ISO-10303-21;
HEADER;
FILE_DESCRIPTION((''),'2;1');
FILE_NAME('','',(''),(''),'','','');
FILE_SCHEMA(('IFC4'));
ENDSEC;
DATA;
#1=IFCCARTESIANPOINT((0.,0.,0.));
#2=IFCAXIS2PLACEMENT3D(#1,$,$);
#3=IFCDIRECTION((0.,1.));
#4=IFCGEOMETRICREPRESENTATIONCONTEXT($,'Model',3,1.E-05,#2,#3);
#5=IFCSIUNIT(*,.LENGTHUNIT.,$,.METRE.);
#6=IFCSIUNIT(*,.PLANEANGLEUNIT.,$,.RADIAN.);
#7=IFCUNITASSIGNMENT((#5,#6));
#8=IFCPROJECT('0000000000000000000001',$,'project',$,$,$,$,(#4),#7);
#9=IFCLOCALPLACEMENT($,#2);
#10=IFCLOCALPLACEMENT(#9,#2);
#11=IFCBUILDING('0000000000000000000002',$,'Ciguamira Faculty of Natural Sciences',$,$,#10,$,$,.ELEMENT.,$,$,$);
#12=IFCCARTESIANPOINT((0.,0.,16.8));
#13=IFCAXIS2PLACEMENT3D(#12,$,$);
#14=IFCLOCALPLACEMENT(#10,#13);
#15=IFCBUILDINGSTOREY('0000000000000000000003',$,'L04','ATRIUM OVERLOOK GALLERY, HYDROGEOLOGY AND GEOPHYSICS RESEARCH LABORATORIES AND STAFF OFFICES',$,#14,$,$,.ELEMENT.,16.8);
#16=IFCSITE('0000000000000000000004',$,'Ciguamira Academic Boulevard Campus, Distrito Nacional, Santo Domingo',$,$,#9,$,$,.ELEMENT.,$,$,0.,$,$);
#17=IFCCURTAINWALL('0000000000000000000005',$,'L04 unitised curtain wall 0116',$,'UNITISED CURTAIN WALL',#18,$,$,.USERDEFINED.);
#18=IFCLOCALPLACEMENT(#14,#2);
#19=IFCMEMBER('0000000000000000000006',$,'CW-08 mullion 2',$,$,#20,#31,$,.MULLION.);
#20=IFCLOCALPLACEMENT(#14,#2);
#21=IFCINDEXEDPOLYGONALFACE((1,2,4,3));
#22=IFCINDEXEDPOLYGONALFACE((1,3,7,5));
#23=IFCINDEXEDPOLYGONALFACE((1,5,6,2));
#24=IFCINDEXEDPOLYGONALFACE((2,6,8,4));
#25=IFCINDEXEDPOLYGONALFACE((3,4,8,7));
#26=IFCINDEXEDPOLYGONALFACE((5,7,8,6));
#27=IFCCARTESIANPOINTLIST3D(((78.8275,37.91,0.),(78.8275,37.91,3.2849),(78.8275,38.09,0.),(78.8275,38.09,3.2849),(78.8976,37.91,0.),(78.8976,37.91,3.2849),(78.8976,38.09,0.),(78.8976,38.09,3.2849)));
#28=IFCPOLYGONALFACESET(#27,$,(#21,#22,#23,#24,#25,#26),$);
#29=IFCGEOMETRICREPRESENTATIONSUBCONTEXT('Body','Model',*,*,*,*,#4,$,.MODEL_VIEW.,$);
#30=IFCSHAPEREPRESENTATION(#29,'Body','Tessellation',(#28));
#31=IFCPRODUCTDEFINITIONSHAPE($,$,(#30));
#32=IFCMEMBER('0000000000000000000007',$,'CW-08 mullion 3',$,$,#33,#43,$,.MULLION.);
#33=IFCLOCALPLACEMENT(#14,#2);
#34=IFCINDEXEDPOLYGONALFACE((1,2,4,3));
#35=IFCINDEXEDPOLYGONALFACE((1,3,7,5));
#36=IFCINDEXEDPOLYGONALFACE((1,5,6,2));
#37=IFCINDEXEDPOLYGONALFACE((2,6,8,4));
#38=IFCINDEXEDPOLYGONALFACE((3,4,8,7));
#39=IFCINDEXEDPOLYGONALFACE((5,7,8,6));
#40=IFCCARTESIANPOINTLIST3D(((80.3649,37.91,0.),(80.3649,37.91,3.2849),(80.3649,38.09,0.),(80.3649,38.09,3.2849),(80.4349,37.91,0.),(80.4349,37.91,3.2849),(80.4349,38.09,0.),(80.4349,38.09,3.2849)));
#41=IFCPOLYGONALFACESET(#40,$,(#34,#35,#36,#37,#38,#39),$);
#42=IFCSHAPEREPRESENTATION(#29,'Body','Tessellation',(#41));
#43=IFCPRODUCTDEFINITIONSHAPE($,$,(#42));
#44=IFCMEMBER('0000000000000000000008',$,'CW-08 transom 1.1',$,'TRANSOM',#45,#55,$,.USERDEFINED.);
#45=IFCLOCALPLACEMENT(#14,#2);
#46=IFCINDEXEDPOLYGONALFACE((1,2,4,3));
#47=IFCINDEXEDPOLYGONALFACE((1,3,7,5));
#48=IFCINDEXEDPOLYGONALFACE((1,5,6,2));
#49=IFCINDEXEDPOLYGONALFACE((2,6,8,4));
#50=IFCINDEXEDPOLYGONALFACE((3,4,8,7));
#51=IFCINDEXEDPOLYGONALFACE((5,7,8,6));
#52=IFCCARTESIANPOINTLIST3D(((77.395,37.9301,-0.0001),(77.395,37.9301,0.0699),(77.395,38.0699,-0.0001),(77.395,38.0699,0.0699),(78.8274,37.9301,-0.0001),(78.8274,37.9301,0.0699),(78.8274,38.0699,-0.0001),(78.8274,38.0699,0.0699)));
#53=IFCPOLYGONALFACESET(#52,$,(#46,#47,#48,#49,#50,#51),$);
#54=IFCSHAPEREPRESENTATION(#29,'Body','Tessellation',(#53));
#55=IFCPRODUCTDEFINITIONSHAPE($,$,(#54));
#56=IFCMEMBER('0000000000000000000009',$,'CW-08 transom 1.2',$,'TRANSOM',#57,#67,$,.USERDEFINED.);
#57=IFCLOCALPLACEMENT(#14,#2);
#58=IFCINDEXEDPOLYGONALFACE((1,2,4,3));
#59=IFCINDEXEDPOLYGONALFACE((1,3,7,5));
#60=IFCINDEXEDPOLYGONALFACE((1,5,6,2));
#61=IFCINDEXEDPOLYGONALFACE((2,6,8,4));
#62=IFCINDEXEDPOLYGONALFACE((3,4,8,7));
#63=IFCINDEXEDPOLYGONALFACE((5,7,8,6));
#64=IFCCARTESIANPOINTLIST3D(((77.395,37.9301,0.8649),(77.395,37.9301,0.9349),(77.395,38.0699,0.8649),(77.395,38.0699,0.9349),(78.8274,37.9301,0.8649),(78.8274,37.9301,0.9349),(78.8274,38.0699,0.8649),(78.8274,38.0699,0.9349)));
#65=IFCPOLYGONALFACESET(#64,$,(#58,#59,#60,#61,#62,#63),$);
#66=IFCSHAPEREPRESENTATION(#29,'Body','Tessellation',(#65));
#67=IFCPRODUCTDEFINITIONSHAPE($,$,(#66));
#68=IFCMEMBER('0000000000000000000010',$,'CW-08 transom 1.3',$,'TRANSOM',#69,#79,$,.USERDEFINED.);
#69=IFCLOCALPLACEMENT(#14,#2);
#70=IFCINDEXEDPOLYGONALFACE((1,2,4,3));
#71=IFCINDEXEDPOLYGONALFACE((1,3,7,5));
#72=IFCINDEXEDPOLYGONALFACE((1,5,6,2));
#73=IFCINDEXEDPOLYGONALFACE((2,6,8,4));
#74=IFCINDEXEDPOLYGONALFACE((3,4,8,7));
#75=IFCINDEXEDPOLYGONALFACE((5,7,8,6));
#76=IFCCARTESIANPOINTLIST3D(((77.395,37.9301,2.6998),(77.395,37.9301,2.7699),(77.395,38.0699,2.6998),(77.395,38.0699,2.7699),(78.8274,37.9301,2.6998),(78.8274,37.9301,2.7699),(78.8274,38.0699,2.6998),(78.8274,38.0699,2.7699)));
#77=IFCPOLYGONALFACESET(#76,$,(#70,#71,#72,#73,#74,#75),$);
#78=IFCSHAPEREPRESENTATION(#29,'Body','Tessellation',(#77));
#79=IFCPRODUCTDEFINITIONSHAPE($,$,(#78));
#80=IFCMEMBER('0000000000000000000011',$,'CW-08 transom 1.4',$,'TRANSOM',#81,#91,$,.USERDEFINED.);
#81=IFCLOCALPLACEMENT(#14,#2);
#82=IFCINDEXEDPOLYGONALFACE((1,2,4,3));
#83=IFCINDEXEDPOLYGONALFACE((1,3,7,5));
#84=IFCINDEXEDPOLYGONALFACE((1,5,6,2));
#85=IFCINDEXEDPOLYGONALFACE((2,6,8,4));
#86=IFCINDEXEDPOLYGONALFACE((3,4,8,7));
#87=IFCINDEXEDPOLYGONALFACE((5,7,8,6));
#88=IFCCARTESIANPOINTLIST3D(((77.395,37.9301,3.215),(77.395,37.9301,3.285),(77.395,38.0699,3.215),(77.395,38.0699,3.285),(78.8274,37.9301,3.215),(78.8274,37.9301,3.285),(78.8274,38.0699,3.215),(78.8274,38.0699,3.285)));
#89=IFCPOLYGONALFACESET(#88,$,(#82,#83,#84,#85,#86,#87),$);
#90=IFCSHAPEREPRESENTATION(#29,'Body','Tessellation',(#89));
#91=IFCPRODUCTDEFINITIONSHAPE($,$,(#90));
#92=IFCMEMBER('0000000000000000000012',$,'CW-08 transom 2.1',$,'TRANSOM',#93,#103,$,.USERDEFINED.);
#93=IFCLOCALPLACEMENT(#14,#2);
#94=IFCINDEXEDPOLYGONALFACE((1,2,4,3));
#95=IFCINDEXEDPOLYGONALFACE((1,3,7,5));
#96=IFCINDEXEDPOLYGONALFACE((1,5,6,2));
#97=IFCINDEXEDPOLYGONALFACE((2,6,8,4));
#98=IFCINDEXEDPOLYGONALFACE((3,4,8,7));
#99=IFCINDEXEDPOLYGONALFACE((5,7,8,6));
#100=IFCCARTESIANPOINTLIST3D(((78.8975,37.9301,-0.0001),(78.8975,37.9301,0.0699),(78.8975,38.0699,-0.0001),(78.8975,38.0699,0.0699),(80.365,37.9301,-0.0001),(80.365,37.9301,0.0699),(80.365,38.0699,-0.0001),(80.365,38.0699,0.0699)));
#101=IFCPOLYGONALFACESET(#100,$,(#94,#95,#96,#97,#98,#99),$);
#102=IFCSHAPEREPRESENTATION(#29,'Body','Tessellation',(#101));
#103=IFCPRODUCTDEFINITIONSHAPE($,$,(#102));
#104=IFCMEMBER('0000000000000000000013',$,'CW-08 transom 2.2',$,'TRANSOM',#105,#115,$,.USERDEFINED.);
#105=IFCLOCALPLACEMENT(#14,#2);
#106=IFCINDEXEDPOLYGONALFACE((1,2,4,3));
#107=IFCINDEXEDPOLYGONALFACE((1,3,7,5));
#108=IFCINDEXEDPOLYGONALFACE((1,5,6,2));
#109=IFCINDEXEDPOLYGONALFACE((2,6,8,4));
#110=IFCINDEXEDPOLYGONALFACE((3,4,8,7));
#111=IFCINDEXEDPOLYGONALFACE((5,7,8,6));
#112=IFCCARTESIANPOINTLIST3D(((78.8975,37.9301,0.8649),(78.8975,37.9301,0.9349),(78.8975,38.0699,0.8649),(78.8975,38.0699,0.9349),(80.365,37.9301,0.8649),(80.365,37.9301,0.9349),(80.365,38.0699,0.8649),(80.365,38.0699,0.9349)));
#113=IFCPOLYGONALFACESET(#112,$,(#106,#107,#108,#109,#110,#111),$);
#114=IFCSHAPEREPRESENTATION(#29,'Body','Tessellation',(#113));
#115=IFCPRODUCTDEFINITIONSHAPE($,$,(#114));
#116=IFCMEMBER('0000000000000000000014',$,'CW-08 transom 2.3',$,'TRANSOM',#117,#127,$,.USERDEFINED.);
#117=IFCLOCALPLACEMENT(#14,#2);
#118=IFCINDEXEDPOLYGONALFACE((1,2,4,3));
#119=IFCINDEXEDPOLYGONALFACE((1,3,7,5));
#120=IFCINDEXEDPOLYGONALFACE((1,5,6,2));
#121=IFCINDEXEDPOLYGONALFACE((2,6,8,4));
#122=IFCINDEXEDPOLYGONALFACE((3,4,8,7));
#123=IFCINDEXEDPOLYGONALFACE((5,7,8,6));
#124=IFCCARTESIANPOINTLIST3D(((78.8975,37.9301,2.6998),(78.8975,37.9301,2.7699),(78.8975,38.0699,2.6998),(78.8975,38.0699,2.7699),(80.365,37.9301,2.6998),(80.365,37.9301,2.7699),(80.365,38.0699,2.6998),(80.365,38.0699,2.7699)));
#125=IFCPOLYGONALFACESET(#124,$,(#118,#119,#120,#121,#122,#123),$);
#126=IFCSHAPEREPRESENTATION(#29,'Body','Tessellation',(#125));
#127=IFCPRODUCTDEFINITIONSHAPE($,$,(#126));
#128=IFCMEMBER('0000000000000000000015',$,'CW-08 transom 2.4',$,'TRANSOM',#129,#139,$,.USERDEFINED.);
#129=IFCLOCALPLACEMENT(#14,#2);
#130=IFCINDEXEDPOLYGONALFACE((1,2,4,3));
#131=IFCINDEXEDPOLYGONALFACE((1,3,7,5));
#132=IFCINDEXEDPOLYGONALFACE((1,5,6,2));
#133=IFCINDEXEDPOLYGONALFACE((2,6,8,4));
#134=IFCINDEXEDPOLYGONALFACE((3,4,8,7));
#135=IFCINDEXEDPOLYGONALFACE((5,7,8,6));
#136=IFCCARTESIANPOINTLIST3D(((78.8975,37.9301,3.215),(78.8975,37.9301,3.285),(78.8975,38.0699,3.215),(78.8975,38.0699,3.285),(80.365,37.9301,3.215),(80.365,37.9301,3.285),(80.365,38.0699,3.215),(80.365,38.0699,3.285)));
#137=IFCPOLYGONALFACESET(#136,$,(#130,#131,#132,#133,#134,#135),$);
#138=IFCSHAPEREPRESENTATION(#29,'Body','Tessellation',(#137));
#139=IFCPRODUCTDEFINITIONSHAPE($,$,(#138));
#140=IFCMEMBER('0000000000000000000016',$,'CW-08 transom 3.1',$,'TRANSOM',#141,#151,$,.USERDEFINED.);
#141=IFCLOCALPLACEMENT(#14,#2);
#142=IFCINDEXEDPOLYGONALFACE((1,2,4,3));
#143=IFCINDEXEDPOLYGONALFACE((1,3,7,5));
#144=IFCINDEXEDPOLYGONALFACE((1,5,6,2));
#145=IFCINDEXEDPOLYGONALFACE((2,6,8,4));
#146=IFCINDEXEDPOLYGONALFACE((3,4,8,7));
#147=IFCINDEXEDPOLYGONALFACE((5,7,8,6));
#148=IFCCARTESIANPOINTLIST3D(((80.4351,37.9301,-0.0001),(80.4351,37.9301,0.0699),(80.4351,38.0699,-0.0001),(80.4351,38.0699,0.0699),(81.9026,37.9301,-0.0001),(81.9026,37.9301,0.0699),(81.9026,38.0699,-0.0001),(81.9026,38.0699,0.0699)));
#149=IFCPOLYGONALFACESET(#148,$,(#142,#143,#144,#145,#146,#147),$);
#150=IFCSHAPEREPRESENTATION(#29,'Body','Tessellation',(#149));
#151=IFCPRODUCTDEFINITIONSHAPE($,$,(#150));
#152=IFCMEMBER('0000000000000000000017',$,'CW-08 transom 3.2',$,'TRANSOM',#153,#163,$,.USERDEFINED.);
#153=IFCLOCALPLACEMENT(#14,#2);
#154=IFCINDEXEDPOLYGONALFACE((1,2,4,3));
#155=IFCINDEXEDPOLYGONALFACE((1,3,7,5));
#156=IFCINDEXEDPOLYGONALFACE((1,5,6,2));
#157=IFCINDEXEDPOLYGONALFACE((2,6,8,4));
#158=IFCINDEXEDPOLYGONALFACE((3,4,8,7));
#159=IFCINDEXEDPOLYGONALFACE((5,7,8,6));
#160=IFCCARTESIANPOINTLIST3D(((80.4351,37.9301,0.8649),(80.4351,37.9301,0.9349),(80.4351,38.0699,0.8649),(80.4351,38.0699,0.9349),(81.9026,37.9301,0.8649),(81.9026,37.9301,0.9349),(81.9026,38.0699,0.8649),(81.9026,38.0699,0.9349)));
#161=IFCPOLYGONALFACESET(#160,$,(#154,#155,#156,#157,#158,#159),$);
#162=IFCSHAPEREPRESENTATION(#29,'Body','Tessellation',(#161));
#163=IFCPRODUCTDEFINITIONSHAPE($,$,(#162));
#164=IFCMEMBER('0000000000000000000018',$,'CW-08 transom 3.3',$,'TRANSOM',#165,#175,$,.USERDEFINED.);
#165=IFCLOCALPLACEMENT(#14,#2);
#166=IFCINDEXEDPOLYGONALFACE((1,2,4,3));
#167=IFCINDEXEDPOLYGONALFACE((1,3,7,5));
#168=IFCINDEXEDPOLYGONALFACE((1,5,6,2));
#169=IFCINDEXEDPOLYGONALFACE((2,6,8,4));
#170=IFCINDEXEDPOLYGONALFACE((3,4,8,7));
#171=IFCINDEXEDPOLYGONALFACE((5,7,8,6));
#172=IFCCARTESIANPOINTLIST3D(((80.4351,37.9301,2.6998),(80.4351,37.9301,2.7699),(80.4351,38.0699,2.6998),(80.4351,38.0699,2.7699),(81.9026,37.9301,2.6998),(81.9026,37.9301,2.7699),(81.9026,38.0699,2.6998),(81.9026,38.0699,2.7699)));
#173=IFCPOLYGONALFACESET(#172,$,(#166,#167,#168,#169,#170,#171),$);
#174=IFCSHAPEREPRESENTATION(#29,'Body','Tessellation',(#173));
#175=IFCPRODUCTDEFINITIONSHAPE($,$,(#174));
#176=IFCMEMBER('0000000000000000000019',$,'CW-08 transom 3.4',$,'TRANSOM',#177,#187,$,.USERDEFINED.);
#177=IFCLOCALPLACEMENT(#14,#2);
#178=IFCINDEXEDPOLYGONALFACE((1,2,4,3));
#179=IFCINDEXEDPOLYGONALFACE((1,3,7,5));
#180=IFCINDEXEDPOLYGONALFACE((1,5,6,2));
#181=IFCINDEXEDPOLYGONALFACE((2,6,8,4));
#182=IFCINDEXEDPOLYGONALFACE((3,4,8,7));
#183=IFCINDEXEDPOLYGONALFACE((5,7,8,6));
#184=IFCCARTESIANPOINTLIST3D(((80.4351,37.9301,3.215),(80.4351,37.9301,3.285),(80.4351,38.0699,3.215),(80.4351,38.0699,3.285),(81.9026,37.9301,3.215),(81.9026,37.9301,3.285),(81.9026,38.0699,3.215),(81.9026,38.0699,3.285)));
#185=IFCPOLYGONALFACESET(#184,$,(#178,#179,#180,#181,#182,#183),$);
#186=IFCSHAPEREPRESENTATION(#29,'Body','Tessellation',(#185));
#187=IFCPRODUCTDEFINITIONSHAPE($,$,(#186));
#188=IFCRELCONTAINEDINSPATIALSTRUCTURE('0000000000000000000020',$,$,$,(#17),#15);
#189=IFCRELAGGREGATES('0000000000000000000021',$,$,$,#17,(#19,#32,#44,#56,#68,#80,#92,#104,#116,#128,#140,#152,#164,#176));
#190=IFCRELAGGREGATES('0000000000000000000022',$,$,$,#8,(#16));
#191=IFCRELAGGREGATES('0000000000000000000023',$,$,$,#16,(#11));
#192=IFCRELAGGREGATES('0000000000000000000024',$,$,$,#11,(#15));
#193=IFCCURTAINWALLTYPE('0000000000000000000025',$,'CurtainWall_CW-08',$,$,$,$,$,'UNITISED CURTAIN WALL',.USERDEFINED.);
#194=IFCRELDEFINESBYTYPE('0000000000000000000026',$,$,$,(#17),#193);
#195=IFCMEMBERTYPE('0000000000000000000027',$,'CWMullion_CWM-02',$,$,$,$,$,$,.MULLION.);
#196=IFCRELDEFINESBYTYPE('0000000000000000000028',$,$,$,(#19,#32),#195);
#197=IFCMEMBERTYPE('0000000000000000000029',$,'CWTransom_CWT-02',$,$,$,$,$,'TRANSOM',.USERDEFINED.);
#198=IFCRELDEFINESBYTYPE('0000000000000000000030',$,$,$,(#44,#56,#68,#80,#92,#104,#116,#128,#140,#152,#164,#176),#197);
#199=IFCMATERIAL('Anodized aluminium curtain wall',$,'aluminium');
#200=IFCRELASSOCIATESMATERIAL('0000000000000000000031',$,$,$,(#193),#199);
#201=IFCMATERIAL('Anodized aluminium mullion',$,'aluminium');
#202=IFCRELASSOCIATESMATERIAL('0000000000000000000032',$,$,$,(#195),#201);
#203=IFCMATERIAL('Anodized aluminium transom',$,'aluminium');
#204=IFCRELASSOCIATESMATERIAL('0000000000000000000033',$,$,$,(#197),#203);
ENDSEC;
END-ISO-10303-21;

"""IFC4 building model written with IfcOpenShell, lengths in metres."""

from ifc_helpers import new_model, si_unit, direction, frame, origin, origin_2d, place, context, subcontext, project, spatial, rectangle, extrude, material, material_profile, profile_set, type_object, element, aggregate, save


model = new_model("IFC4")

# Units and contexts
model_context = context("Model", 3, precision=1e-05, world=origin(), true_north=direction((0.0, 1.0)))
body_context = subcontext(model_context, "Body", "Model", "MODEL_VIEW")
ifc_project = project(units=[si_unit("LENGTHUNIT", "METRE"), si_unit("PLANEANGLEUNIT", "RADIAN")], contexts=[model_context])

# Site, building, storey
site_placement = place(None, origin())
site = spatial("IfcSite", under=ifc_project, at=site_placement, Name="Ciguamira Academic Boulevard Campus, Distrito Nacional, Santo Domingo", CompositionType="ELEMENT", RefElevation=0.0)
building_placement = place(site_placement, origin())
building = spatial("IfcBuilding", under=site, at=building_placement, Name="Ciguamira Faculty of Natural Sciences", CompositionType="ELEMENT")
storey_placement = place(building_placement, frame((0.0, 0.0, 16.8)))
storey = spatial("IfcBuildingStorey", under=building, at=storey_placement, Name="L04", Description="ATRIUM OVERLOOK GALLERY, HYDROGEOLOGY AND GEOPHYSICS RESEARCH LABORATORIES AND STAFF OFFICES", CompositionType="ELEMENT", Elevation=16.8)

# Curtain wall, members
ifc_material_1 = material(Name="Anodized aluminium curtain wall", Category="aluminium")
curtain_wall_type = type_object("IfcCurtainWallType", Name="CurtainWall_CW-08", ElementType="UNITISED CURTAIN WALL", PredefinedType="USERDEFINED", material=ifc_material_1)
curtain_wall_placement = place(storey_placement, origin())
curtain_wall = element("IfcCurtainWall", 1, at=curtain_wall_placement, inside=storey, type_object=curtain_wall_type, Name="L04 unitised curtain wall 0116", ObjectType="UNITISED CURTAIN WALL", PredefinedType="USERDEFINED")
ifc_material_2 = material(Name="Anodized aluminium mullion", Category="aluminium")
ifc_material_profile_1 = material_profile(ifc_material_2, rectangle(XDim=0.0701, YDim=0.1799, at=origin_2d()), Name="ALU-MUL-70X180")
ifc_profile_set_1 = profile_set([ifc_material_profile_1], Name="Anodized aluminium mullion")
member_type_1 = type_object("IfcMemberType", Name="CWMullion_CWM-02", PredefinedType="MULLION", material=ifc_profile_set_1)
member_1_placement = place(storey_placement, frame((78.8625, 38.0, 0.0), z_axis=(0.0, 0.0, 1.0), x_axis=(1.0, 0.0, 0.0)))
member_1 = element("IfcMember", 2, at=member_1_placement, type_object=member_type_1, Name="CW-08 mullion 2", PredefinedType="MULLION", context=body_context, shape_type="SweptSolid", body=[
    extrude(rectangle(XDim=0.0701, YDim=0.1799, at=origin_2d()), origin(), (0.0, 0.0, 1.0), 3.2849),
])
member_2_placement = place(storey_placement, frame((80.3999, 38.0, 0.0), z_axis=(0.0, 0.0, 1.0), x_axis=(1.0, 0.0, 0.0)))
member_2 = element("IfcMember", 3, at=member_2_placement, type_object=member_type_1, Name="CW-08 mullion 3", PredefinedType="MULLION", context=body_context, shape_type="SweptSolid", body=[
    extrude(rectangle(XDim=0.0701, YDim=0.1799, at=origin_2d()), origin(), (0.0, 0.0, 1.0), 3.2849),
])
ifc_material_3 = material(Name="Anodized aluminium transom", Category="aluminium")
ifc_material_profile_2 = material_profile(ifc_material_3, rectangle(XDim=0.0701, YDim=0.1399, at=origin_2d()), Name="ALU-TRN-70X140")
ifc_profile_set_2 = profile_set([ifc_material_profile_2], Name="Anodized aluminium transom")
member_type_2 = type_object("IfcMemberType", Name="CWTransom_CWT-02", ElementType="TRANSOM", PredefinedType="USERDEFINED", material=ifc_profile_set_2)
member_3_placement = place(storey_placement, frame((77.395, 38.0, 0.0349), z_axis=(1.0, 0.0, 0.0), x_axis=(0.0, 0.0, 1.0)))
member_3 = element("IfcMember", 4, at=member_3_placement, type_object=member_type_2, Name="CW-08 transom 1.1", ObjectType="TRANSOM", PredefinedType="USERDEFINED", context=body_context, shape_type="SweptSolid", body=[
    extrude(rectangle(XDim=0.0701, YDim=0.1399, at=origin_2d()), origin(), (0.0, 0.0, 1.0), 1.4324),
])
member_4_placement = place(storey_placement, frame((77.395, 38.0, 0.8999), z_axis=(1.0, 0.0, 0.0), x_axis=(0.0, 0.0, 1.0)))
member_4 = element("IfcMember", 5, at=member_4_placement, type_object=member_type_2, Name="CW-08 transom 1.2", ObjectType="TRANSOM", PredefinedType="USERDEFINED", context=body_context, shape_type="SweptSolid", body=[
    extrude(rectangle(XDim=0.0701, YDim=0.1399, at=origin_2d()), origin(), (0.0, 0.0, 1.0), 1.4324),
])
member_5_placement = place(storey_placement, frame((77.395, 38.0, 2.7349), z_axis=(1.0, 0.0, 0.0), x_axis=(0.0, 0.0, 1.0)))
member_5 = element("IfcMember", 6, at=member_5_placement, type_object=member_type_2, Name="CW-08 transom 1.3", ObjectType="TRANSOM", PredefinedType="USERDEFINED", context=body_context, shape_type="SweptSolid", body=[
    extrude(rectangle(XDim=0.0701, YDim=0.1399, at=origin_2d()), origin(), (0.0, 0.0, 1.0), 1.4324),
])
member_6_placement = place(storey_placement, frame((77.395, 38.0, 3.25), z_axis=(1.0, 0.0, 0.0), x_axis=(0.0, 0.0, 1.0)))
member_6 = element("IfcMember", 7, at=member_6_placement, type_object=member_type_2, Name="CW-08 transom 1.4", ObjectType="TRANSOM", PredefinedType="USERDEFINED", context=body_context, shape_type="SweptSolid", body=[
    extrude(rectangle(XDim=0.0701, YDim=0.1399, at=origin_2d()), origin(), (0.0, 0.0, 1.0), 1.4324),
])
member_7_placement = place(storey_placement, frame((78.8975, 38.0, 0.0349), z_axis=(1.0, 0.0, 0.0), x_axis=(0.0, 0.0, 1.0)))
member_7 = element("IfcMember", 8, at=member_7_placement, type_object=member_type_2, Name="CW-08 transom 2.1", ObjectType="TRANSOM", PredefinedType="USERDEFINED", context=body_context, shape_type="SweptSolid", body=[
    extrude(rectangle(XDim=0.0701, YDim=0.1399, at=origin_2d()), origin(), (0.0, 0.0, 1.0), 1.4675),
])
member_8_placement = place(storey_placement, frame((78.8975, 38.0, 0.8999), z_axis=(1.0, 0.0, 0.0), x_axis=(0.0, 0.0, 1.0)))
member_8 = element("IfcMember", 9, at=member_8_placement, type_object=member_type_2, Name="CW-08 transom 2.2", ObjectType="TRANSOM", PredefinedType="USERDEFINED", context=body_context, shape_type="SweptSolid", body=[
    extrude(rectangle(XDim=0.0701, YDim=0.1399, at=origin_2d()), origin(), (0.0, 0.0, 1.0), 1.4675),
])
member_9_placement = place(storey_placement, frame((78.8975, 38.0, 2.7349), z_axis=(1.0, 0.0, 0.0), x_axis=(0.0, 0.0, 1.0)))
member_9 = element("IfcMember", 10, at=member_9_placement, type_object=member_type_2, Name="CW-08 transom 2.3", ObjectType="TRANSOM", PredefinedType="USERDEFINED", context=body_context, shape_type="SweptSolid", body=[
    extrude(rectangle(XDim=0.0701, YDim=0.1399, at=origin_2d()), origin(), (0.0, 0.0, 1.0), 1.4675),
])
member_10_placement = place(storey_placement, frame((78.8975, 38.0, 3.25), z_axis=(1.0, 0.0, 0.0), x_axis=(0.0, 0.0, 1.0)))
member_10 = element("IfcMember", 11, at=member_10_placement, type_object=member_type_2, Name="CW-08 transom 2.4", ObjectType="TRANSOM", PredefinedType="USERDEFINED", context=body_context, shape_type="SweptSolid", body=[
    extrude(rectangle(XDim=0.0701, YDim=0.1399, at=origin_2d()), origin(), (0.0, 0.0, 1.0), 1.4675),
])
member_11_placement = place(storey_placement, frame((80.4351, 38.0, 0.0349), z_axis=(1.0, 0.0, 0.0), x_axis=(0.0, 0.0, 1.0)))
member_11 = element("IfcMember", 12, at=member_11_placement, type_object=member_type_2, Name="CW-08 transom 3.1", ObjectType="TRANSOM", PredefinedType="USERDEFINED", context=body_context, shape_type="SweptSolid", body=[
    extrude(rectangle(XDim=0.0701, YDim=0.1399, at=origin_2d()), origin(), (0.0, 0.0, 1.0), 1.4675),
])
member_12_placement = place(storey_placement, frame((80.4351, 38.0, 0.8999), z_axis=(1.0, 0.0, 0.0), x_axis=(0.0, 0.0, 1.0)))
member_12 = element("IfcMember", 13, at=member_12_placement, type_object=member_type_2, Name="CW-08 transom 3.2", ObjectType="TRANSOM", PredefinedType="USERDEFINED", context=body_context, shape_type="SweptSolid", body=[
    extrude(rectangle(XDim=0.0701, YDim=0.1399, at=origin_2d()), origin(), (0.0, 0.0, 1.0), 1.4675),
])
member_13_placement = place(storey_placement, frame((80.4351, 38.0, 2.7349), z_axis=(1.0, 0.0, 0.0), x_axis=(0.0, 0.0, 1.0)))
member_13 = element("IfcMember", 14, at=member_13_placement, type_object=member_type_2, Name="CW-08 transom 3.3", ObjectType="TRANSOM", PredefinedType="USERDEFINED", context=body_context, shape_type="SweptSolid", body=[
    extrude(rectangle(XDim=0.0701, YDim=0.1399, at=origin_2d()), origin(), (0.0, 0.0, 1.0), 1.4675),
])
member_14_placement = place(storey_placement, frame((80.4351, 38.0, 3.25), z_axis=(1.0, 0.0, 0.0), x_axis=(0.0, 0.0, 1.0)))
member_14 = element("IfcMember", 15, at=member_14_placement, type_object=member_type_2, Name="CW-08 transom 3.4", ObjectType="TRANSOM", PredefinedType="USERDEFINED", context=body_context, shape_type="SweptSolid", body=[
    extrude(rectangle(XDim=0.0701, YDim=0.1399, at=origin_2d()), origin(), (0.0, 0.0, 1.0), 1.4675),
])
aggregate(curtain_wall, [member_1, member_2, member_3, member_4, member_5, member_6, member_7, member_8, member_9, member_10, member_11, member_12, member_13, member_14])

save(model, "model.ifc")
